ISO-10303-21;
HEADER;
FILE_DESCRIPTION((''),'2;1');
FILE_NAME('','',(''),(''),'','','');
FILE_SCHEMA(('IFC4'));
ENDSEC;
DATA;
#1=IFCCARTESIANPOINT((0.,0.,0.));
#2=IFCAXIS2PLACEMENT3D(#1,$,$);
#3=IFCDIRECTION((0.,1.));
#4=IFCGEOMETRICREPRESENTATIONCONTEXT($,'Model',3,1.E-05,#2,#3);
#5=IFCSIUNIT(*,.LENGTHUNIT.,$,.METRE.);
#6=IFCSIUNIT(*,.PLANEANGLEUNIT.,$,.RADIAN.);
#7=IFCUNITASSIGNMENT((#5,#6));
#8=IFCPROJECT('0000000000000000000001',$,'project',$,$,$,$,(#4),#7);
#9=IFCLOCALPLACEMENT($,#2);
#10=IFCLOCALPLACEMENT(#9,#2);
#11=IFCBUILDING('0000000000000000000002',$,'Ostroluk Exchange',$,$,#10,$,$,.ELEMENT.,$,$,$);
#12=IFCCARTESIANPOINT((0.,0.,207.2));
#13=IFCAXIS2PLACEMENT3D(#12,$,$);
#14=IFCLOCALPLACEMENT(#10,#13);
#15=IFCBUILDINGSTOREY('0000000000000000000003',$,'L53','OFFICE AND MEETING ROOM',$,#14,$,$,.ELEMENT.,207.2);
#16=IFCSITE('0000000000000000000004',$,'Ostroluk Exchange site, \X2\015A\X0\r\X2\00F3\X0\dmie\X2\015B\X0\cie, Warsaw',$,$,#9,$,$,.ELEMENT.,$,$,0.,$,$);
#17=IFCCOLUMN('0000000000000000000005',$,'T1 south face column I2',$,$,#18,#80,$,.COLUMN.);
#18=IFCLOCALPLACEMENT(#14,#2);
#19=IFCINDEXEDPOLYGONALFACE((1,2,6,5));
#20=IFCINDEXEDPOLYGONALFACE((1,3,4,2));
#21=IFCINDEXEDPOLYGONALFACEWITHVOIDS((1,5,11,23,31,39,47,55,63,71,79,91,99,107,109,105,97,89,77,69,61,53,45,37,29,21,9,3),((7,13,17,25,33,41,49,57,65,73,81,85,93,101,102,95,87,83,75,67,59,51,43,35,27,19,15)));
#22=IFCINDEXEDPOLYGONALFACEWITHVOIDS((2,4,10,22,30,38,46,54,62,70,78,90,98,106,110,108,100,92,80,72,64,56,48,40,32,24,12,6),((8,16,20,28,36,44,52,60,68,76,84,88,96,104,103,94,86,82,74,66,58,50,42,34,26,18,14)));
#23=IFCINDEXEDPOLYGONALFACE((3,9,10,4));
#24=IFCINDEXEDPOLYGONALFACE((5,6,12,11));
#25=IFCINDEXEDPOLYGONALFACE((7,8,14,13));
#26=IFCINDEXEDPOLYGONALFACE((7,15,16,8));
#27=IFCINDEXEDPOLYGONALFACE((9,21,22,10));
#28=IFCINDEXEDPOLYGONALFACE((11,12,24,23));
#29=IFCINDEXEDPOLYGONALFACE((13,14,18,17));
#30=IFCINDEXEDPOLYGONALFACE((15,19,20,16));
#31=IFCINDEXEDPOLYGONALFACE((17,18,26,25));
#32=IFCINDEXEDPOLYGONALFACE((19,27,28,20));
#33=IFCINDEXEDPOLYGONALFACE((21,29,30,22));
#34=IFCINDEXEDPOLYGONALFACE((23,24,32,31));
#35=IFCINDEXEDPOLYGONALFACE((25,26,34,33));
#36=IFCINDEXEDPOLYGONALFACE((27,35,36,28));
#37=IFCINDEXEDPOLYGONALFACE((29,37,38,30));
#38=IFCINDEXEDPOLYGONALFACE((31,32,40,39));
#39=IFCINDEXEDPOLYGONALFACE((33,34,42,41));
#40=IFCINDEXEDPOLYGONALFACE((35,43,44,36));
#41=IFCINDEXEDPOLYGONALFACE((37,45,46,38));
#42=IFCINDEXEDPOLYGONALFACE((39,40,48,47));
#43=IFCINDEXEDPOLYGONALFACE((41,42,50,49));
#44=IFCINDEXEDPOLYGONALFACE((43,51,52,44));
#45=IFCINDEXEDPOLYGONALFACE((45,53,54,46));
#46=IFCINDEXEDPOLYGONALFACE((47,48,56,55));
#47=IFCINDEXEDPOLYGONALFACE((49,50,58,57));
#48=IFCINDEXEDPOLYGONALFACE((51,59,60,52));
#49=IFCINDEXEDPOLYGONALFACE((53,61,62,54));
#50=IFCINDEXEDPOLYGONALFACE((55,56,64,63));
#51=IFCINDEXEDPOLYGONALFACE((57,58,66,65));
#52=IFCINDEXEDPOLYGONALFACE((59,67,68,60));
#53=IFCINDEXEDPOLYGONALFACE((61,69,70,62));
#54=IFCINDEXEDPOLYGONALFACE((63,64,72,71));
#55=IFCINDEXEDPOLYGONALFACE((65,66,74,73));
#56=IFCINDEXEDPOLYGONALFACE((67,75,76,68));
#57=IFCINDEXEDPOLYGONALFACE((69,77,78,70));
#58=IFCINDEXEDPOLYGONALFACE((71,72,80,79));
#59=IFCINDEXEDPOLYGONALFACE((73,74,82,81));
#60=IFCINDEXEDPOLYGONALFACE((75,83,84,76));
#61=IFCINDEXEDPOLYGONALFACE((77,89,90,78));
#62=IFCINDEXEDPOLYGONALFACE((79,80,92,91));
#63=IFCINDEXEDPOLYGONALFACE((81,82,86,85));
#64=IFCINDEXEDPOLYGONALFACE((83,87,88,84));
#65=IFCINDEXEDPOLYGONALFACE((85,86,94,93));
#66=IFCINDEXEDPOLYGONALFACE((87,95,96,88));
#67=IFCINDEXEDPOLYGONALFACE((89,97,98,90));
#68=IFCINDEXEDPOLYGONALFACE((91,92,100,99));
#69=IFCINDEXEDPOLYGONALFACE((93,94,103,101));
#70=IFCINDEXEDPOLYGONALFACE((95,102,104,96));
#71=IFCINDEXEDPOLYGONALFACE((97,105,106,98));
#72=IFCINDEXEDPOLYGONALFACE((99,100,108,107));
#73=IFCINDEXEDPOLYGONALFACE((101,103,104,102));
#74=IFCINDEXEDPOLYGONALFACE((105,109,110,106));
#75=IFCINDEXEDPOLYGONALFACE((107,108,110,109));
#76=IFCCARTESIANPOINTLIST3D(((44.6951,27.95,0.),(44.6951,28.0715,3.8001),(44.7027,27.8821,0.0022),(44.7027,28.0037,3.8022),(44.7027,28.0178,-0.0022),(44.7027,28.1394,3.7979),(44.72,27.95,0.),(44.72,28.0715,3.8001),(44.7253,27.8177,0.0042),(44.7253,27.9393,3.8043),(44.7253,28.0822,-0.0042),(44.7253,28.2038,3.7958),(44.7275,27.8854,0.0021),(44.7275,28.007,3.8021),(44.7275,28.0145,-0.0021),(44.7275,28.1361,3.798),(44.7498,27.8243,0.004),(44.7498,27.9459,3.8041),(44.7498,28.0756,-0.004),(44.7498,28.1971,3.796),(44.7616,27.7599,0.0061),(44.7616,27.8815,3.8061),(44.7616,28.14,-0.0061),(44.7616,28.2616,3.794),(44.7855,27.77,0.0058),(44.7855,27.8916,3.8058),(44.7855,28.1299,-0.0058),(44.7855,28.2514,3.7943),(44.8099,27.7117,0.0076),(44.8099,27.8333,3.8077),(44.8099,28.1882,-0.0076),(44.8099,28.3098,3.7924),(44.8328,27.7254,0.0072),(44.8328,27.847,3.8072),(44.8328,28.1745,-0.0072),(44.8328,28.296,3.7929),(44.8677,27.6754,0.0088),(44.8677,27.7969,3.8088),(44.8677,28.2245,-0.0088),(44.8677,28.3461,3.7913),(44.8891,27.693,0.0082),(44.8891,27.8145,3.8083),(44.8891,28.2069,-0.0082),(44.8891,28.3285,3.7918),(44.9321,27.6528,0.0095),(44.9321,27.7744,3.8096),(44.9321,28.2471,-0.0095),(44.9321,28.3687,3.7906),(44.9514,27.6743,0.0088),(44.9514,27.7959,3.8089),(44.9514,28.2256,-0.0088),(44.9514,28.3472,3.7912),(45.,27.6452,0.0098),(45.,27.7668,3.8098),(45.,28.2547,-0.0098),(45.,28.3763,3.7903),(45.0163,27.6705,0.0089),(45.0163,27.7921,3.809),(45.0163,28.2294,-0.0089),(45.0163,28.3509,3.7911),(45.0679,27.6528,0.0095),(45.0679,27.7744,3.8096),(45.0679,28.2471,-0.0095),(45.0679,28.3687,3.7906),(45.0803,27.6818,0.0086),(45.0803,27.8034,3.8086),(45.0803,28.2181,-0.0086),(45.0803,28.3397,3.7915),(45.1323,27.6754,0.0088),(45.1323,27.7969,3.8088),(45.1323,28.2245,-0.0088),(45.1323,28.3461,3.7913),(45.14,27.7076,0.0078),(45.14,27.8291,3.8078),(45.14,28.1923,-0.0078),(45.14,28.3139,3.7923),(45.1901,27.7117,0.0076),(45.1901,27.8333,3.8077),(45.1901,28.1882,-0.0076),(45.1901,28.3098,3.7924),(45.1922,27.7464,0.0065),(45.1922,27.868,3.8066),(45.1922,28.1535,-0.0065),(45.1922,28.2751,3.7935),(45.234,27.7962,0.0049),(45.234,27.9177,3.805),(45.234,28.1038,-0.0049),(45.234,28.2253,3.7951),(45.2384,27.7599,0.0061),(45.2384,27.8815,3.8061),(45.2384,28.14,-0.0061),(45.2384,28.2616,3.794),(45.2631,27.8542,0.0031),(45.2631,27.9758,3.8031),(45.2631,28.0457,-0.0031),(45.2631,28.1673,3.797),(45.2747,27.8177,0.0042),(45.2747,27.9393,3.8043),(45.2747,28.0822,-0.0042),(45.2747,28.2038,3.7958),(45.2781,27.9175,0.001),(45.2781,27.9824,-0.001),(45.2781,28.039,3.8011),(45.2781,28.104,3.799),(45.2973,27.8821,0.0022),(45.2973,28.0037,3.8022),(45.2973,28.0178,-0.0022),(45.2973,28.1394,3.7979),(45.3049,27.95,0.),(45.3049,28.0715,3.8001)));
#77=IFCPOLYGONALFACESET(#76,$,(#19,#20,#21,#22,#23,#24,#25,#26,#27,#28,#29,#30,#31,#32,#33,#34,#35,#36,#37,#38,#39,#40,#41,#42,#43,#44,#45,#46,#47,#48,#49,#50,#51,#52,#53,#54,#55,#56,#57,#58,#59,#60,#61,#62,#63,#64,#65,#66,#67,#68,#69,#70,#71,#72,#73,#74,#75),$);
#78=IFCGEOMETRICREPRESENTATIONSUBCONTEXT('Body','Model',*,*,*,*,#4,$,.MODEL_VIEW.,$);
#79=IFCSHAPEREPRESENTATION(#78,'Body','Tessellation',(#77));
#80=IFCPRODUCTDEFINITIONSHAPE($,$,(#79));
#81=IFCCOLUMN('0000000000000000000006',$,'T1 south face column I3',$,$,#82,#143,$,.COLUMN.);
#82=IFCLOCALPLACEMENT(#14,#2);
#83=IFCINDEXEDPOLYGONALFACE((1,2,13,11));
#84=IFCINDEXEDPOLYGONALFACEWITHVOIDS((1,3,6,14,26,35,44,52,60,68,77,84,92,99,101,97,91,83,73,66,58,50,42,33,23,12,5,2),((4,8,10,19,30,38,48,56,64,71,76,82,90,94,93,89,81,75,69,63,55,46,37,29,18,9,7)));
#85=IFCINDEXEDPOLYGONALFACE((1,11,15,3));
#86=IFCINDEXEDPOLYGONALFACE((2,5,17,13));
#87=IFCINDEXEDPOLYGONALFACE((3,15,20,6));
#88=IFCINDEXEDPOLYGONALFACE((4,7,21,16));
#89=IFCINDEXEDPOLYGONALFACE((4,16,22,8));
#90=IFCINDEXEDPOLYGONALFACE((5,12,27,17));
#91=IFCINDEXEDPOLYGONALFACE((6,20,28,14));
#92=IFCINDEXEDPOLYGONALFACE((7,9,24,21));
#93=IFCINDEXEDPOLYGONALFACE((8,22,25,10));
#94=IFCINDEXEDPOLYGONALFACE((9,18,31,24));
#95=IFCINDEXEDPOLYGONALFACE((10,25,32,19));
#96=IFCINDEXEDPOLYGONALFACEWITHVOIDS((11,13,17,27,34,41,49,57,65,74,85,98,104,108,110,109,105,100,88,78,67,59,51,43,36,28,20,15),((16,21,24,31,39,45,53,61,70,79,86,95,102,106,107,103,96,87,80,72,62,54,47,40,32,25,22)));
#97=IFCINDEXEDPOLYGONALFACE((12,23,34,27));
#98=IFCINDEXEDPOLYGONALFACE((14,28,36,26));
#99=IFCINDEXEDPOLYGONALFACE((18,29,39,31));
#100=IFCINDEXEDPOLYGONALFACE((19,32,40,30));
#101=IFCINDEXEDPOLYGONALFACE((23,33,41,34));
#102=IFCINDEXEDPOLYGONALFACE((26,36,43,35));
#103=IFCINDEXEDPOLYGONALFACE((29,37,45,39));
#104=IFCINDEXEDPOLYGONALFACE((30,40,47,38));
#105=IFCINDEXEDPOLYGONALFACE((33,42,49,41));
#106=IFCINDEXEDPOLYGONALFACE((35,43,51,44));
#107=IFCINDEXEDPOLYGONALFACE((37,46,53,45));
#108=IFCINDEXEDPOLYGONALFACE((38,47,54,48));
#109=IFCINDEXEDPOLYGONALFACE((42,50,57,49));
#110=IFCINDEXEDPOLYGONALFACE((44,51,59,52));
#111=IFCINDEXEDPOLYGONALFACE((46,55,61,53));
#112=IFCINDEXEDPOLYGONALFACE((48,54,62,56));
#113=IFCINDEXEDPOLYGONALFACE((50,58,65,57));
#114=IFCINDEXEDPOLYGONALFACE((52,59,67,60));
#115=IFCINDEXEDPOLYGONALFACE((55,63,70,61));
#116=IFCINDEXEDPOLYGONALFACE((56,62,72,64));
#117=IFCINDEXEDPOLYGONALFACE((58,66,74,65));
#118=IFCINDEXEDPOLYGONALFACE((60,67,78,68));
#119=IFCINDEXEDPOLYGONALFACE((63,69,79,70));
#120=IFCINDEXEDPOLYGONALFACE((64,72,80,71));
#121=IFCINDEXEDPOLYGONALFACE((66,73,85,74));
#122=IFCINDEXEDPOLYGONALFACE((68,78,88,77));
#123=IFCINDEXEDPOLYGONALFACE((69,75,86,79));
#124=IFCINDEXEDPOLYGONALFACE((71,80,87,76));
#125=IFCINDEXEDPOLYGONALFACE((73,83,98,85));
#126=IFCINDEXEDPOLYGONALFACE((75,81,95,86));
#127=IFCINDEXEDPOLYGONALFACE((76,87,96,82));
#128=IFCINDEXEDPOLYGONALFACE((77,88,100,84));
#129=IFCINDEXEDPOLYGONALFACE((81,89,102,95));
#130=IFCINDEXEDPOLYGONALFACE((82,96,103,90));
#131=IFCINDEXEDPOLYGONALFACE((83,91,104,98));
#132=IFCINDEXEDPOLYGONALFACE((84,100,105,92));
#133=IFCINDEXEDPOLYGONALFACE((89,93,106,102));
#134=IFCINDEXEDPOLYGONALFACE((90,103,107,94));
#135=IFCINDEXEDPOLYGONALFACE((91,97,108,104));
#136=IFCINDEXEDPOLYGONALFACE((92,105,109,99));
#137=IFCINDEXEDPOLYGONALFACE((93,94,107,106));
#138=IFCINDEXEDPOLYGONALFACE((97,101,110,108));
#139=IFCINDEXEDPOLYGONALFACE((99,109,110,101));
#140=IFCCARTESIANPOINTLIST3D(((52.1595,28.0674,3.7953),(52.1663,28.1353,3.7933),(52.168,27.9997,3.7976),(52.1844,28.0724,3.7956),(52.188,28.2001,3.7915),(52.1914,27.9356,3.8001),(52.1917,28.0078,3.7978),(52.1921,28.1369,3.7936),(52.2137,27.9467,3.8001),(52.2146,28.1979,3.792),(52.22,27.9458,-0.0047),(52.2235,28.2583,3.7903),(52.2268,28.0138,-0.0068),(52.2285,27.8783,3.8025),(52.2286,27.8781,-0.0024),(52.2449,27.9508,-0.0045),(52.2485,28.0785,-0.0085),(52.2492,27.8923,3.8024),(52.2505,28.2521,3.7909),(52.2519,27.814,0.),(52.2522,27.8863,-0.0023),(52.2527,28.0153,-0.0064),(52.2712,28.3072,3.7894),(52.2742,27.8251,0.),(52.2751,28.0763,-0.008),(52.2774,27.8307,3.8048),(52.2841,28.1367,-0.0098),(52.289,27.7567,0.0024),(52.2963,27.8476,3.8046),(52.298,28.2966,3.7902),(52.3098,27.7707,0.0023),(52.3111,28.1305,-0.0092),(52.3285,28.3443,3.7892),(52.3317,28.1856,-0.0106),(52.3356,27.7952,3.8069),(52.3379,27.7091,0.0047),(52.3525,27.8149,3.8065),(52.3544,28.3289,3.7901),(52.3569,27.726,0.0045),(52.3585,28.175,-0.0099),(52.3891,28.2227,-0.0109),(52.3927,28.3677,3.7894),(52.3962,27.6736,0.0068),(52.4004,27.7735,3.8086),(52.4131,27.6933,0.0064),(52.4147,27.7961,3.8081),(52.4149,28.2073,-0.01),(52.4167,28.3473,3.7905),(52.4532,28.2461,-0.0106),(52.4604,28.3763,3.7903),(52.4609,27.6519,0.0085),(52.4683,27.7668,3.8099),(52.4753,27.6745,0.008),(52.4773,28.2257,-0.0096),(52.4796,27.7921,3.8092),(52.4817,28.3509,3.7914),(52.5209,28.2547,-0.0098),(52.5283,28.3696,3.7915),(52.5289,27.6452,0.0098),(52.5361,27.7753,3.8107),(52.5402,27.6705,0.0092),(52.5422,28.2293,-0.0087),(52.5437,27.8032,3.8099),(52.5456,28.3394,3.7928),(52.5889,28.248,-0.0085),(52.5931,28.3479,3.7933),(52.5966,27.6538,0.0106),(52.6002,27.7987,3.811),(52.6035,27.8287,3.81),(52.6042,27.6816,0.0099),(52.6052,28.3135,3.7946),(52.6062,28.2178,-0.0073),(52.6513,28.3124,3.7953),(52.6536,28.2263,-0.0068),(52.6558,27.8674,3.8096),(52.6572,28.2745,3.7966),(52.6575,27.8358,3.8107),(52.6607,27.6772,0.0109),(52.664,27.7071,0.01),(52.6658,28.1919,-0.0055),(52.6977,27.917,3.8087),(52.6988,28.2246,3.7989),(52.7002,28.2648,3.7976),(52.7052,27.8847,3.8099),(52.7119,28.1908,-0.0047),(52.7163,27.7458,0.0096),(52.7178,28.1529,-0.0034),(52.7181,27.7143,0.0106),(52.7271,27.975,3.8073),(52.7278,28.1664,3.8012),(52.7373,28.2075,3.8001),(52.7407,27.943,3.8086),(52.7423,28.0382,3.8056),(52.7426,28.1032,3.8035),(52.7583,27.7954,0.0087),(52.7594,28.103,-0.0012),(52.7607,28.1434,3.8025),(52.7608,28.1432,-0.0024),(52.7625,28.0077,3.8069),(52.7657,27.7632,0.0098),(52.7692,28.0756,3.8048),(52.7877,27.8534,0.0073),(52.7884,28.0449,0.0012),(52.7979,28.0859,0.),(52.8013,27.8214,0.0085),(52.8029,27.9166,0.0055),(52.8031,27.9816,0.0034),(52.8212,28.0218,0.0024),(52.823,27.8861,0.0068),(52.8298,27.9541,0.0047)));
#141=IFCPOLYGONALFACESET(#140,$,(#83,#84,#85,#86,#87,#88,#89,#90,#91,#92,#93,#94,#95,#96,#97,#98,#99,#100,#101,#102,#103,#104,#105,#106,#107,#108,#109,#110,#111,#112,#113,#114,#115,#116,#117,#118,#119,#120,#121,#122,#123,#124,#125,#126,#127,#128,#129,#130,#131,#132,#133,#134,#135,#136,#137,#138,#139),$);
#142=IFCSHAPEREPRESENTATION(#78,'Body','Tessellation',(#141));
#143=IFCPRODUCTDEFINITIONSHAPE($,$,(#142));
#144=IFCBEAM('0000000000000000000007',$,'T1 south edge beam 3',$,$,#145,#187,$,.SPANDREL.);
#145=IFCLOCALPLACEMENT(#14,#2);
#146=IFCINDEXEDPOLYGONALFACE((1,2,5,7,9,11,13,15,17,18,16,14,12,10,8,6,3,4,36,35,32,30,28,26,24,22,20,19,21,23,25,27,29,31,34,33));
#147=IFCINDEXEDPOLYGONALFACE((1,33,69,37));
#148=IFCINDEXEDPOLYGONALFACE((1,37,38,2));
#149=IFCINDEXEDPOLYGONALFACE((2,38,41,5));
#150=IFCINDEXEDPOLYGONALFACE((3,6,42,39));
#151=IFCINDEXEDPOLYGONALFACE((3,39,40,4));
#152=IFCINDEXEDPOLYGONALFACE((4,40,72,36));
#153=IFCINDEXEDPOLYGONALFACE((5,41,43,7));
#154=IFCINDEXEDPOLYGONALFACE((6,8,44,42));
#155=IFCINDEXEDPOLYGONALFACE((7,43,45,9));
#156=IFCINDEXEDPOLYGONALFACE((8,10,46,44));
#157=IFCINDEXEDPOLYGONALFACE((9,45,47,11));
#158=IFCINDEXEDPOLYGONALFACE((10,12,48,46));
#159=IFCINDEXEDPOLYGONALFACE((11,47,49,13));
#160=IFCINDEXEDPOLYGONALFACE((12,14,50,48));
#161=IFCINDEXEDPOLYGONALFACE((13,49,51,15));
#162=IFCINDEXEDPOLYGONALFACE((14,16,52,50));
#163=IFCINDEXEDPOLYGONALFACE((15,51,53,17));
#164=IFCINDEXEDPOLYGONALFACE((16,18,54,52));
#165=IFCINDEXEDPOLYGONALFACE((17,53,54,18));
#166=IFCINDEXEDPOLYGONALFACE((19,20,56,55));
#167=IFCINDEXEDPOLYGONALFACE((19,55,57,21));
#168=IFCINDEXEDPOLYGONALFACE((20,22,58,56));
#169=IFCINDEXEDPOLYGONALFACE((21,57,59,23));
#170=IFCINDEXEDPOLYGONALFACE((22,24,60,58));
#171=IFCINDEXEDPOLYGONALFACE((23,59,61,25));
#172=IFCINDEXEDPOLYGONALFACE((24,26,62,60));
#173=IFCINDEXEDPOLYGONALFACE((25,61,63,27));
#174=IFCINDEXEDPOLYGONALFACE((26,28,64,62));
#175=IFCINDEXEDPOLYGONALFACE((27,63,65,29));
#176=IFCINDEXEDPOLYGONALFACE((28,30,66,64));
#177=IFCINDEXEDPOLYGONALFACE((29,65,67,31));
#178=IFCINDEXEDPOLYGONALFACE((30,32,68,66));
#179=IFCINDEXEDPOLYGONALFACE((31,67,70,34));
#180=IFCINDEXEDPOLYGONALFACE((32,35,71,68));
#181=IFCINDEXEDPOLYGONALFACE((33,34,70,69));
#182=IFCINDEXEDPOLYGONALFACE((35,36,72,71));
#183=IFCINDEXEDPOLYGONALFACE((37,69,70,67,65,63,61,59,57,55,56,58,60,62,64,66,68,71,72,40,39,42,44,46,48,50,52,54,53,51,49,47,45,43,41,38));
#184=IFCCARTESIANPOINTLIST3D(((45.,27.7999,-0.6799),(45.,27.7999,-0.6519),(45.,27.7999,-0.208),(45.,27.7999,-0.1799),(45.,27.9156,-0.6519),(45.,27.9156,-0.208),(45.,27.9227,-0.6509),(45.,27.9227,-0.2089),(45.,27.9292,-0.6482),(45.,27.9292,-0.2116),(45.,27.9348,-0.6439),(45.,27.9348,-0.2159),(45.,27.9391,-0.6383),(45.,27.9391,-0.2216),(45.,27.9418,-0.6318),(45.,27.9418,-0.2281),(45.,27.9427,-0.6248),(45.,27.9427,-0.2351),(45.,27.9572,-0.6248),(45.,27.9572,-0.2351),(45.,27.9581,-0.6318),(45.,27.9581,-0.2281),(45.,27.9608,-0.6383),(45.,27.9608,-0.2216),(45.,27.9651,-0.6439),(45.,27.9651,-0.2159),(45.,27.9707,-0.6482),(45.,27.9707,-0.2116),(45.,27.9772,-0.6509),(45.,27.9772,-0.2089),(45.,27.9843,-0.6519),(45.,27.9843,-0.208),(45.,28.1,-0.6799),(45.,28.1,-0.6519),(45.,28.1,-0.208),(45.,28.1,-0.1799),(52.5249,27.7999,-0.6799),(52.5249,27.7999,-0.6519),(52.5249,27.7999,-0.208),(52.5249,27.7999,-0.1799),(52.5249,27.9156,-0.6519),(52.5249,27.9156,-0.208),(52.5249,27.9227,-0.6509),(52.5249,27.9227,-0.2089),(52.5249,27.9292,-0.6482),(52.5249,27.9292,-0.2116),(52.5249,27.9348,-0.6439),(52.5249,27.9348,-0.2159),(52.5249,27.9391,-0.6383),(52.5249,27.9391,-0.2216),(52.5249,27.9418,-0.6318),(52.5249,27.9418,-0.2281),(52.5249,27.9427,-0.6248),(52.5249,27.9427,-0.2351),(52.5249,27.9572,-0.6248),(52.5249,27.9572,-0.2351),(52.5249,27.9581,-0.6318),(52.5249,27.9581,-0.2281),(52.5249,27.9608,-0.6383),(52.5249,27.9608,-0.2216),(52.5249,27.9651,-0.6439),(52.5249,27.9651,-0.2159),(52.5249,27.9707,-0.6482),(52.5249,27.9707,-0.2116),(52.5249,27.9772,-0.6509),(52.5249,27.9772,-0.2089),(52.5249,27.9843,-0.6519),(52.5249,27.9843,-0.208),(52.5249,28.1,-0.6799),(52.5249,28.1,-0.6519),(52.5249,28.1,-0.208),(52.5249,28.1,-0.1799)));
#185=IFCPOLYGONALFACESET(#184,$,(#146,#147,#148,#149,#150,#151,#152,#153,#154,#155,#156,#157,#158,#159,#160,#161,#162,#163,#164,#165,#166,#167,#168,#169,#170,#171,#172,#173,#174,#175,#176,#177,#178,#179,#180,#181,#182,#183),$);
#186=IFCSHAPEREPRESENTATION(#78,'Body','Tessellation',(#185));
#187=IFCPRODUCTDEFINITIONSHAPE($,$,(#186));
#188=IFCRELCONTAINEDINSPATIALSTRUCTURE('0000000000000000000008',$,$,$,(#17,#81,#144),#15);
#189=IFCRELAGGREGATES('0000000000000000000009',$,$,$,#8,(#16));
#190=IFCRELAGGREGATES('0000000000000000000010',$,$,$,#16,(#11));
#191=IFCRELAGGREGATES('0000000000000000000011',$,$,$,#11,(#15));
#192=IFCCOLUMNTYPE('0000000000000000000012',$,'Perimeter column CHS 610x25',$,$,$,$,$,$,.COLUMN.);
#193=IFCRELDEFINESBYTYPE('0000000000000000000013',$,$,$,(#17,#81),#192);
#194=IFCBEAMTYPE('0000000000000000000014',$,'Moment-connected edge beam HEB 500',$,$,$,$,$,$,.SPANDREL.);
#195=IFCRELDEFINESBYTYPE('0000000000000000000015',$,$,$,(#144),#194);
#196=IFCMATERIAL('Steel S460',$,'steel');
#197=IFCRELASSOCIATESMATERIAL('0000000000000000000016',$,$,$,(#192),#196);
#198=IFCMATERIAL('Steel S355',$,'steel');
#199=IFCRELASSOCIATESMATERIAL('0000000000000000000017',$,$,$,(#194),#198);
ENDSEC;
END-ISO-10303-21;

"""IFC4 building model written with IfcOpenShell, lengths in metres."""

from ifc_helpers import new_model, si_unit, direction, frame, origin, origin_2d, place, context, subcontext, project, spatial, hollow_circle, i_section, extrude, material, material_profile, profile_set, type_object, element, save


model = new_model("IFC4")

# Units and contexts
model_context = context("Model", 3, precision=1e-05, world=origin(), true_north=direction((0.0, 1.0)))
body_context = subcontext(model_context, "Body", "Model", "MODEL_VIEW")
ifc_project = project(units=[si_unit("LENGTHUNIT", "METRE"), si_unit("PLANEANGLEUNIT", "RADIAN")], contexts=[model_context])

# Site, building, storey
site_placement = place(None, origin())
site = spatial("IfcSite", under=ifc_project, at=site_placement, Name="Ostroluk Exchange site, Śródmieście, Warsaw", CompositionType="ELEMENT", RefElevation=0.0)
building_placement = place(site_placement, origin())
building = spatial("IfcBuilding", under=site, at=building_placement, Name="Ostroluk Exchange", CompositionType="ELEMENT")
storey_placement = place(building_placement, frame((0.0, 0.0, 207.2)))
storey = spatial("IfcBuildingStorey", under=building, at=storey_placement, Name="L53", Description="OFFICE AND MEETING ROOM", CompositionType="ELEMENT", Elevation=207.2)

# Columns
ifc_material_1 = material(Name="Steel S460", Category="steel")
ifc_material_profile_1 = material_profile(ifc_material_1, hollow_circle(Radius=0.3049, WallThickness=0.0249, at=origin_2d()), Name="CHS 610x25")
ifc_profile_set_1 = profile_set([ifc_material_profile_1], Name="Steel S460")
column_type = type_object("IfcColumnType", Name="Perimeter column CHS 610x25", PredefinedType="COLUMN", material=ifc_profile_set_1)
column_1_placement = place(storey_placement, frame((45.0, 27.95, 0.0), z_axis=(0.0, 0.031978, 0.999489), x_axis=(-1.0, 0.0, 0.0)))
element("IfcColumn", 1, at=column_1_placement, inside=storey, type_object=column_type, Name="T1 south face column I2", PredefinedType="COLUMN", context=body_context, shape_type="SweptSolid", body=[
    extrude(hollow_circle(Radius=0.3049, WallThickness=0.0249, at=origin_2d()), origin(), (0.0, 0.0, 1.0), 3.802),
])
column_2_placement = place(storey_placement, frame((52.5249, 27.95, 0.0), z_axis=(-0.015923, 0.031974, 0.999362), x_axis=(-0.895145, -0.445775, 0.0)))
element("IfcColumn", 2, at=column_2_placement, inside=storey, type_object=column_type, Name="T1 south face column I3", PredefinedType="COLUMN", context=body_context, shape_type="SweptSolid", body=[
    extrude(hollow_circle(Radius=0.3049, WallThickness=0.0249, at=origin_2d()), origin(), (0.0, 0.0, 1.0), 3.8025),
])

# Beam
ifc_material_2 = material(Name="Steel S355", Category="steel")
ifc_material_profile_2 = material_profile(ifc_material_2, i_section(OverallWidth=0.3, OverallDepth=0.5, WebThickness=0.0144, FlangeThickness=0.0281, FilletRadius=0.0271, at=origin_2d()), Name="HEB 500")
ifc_profile_set_2 = profile_set([ifc_material_profile_2], Name="Steel S355")
beam_type = type_object("IfcBeamType", Name="Moment-connected edge beam HEB 500", PredefinedType="SPANDREL", material=ifc_profile_set_2)
beam_placement = place(storey_placement, frame((45.0, 27.95, -0.4299), z_axis=(1.0, 0.0, 0.0), x_axis=(0.0, 1.0, 0.0)))
element("IfcBeam", 3, at=beam_placement, inside=storey, type_object=beam_type, Name="T1 south edge beam 3", PredefinedType="SPANDREL", context=body_context, shape_type="SweptSolid", body=[
    extrude(i_section(OverallWidth=0.3, OverallDepth=0.5, WebThickness=0.0144, FlangeThickness=0.0281, FilletRadius=0.0271, at=origin_2d()), origin(), (0.0, 0.0, 1.0), 7.5249),
])

save(model, "model.ifc")
